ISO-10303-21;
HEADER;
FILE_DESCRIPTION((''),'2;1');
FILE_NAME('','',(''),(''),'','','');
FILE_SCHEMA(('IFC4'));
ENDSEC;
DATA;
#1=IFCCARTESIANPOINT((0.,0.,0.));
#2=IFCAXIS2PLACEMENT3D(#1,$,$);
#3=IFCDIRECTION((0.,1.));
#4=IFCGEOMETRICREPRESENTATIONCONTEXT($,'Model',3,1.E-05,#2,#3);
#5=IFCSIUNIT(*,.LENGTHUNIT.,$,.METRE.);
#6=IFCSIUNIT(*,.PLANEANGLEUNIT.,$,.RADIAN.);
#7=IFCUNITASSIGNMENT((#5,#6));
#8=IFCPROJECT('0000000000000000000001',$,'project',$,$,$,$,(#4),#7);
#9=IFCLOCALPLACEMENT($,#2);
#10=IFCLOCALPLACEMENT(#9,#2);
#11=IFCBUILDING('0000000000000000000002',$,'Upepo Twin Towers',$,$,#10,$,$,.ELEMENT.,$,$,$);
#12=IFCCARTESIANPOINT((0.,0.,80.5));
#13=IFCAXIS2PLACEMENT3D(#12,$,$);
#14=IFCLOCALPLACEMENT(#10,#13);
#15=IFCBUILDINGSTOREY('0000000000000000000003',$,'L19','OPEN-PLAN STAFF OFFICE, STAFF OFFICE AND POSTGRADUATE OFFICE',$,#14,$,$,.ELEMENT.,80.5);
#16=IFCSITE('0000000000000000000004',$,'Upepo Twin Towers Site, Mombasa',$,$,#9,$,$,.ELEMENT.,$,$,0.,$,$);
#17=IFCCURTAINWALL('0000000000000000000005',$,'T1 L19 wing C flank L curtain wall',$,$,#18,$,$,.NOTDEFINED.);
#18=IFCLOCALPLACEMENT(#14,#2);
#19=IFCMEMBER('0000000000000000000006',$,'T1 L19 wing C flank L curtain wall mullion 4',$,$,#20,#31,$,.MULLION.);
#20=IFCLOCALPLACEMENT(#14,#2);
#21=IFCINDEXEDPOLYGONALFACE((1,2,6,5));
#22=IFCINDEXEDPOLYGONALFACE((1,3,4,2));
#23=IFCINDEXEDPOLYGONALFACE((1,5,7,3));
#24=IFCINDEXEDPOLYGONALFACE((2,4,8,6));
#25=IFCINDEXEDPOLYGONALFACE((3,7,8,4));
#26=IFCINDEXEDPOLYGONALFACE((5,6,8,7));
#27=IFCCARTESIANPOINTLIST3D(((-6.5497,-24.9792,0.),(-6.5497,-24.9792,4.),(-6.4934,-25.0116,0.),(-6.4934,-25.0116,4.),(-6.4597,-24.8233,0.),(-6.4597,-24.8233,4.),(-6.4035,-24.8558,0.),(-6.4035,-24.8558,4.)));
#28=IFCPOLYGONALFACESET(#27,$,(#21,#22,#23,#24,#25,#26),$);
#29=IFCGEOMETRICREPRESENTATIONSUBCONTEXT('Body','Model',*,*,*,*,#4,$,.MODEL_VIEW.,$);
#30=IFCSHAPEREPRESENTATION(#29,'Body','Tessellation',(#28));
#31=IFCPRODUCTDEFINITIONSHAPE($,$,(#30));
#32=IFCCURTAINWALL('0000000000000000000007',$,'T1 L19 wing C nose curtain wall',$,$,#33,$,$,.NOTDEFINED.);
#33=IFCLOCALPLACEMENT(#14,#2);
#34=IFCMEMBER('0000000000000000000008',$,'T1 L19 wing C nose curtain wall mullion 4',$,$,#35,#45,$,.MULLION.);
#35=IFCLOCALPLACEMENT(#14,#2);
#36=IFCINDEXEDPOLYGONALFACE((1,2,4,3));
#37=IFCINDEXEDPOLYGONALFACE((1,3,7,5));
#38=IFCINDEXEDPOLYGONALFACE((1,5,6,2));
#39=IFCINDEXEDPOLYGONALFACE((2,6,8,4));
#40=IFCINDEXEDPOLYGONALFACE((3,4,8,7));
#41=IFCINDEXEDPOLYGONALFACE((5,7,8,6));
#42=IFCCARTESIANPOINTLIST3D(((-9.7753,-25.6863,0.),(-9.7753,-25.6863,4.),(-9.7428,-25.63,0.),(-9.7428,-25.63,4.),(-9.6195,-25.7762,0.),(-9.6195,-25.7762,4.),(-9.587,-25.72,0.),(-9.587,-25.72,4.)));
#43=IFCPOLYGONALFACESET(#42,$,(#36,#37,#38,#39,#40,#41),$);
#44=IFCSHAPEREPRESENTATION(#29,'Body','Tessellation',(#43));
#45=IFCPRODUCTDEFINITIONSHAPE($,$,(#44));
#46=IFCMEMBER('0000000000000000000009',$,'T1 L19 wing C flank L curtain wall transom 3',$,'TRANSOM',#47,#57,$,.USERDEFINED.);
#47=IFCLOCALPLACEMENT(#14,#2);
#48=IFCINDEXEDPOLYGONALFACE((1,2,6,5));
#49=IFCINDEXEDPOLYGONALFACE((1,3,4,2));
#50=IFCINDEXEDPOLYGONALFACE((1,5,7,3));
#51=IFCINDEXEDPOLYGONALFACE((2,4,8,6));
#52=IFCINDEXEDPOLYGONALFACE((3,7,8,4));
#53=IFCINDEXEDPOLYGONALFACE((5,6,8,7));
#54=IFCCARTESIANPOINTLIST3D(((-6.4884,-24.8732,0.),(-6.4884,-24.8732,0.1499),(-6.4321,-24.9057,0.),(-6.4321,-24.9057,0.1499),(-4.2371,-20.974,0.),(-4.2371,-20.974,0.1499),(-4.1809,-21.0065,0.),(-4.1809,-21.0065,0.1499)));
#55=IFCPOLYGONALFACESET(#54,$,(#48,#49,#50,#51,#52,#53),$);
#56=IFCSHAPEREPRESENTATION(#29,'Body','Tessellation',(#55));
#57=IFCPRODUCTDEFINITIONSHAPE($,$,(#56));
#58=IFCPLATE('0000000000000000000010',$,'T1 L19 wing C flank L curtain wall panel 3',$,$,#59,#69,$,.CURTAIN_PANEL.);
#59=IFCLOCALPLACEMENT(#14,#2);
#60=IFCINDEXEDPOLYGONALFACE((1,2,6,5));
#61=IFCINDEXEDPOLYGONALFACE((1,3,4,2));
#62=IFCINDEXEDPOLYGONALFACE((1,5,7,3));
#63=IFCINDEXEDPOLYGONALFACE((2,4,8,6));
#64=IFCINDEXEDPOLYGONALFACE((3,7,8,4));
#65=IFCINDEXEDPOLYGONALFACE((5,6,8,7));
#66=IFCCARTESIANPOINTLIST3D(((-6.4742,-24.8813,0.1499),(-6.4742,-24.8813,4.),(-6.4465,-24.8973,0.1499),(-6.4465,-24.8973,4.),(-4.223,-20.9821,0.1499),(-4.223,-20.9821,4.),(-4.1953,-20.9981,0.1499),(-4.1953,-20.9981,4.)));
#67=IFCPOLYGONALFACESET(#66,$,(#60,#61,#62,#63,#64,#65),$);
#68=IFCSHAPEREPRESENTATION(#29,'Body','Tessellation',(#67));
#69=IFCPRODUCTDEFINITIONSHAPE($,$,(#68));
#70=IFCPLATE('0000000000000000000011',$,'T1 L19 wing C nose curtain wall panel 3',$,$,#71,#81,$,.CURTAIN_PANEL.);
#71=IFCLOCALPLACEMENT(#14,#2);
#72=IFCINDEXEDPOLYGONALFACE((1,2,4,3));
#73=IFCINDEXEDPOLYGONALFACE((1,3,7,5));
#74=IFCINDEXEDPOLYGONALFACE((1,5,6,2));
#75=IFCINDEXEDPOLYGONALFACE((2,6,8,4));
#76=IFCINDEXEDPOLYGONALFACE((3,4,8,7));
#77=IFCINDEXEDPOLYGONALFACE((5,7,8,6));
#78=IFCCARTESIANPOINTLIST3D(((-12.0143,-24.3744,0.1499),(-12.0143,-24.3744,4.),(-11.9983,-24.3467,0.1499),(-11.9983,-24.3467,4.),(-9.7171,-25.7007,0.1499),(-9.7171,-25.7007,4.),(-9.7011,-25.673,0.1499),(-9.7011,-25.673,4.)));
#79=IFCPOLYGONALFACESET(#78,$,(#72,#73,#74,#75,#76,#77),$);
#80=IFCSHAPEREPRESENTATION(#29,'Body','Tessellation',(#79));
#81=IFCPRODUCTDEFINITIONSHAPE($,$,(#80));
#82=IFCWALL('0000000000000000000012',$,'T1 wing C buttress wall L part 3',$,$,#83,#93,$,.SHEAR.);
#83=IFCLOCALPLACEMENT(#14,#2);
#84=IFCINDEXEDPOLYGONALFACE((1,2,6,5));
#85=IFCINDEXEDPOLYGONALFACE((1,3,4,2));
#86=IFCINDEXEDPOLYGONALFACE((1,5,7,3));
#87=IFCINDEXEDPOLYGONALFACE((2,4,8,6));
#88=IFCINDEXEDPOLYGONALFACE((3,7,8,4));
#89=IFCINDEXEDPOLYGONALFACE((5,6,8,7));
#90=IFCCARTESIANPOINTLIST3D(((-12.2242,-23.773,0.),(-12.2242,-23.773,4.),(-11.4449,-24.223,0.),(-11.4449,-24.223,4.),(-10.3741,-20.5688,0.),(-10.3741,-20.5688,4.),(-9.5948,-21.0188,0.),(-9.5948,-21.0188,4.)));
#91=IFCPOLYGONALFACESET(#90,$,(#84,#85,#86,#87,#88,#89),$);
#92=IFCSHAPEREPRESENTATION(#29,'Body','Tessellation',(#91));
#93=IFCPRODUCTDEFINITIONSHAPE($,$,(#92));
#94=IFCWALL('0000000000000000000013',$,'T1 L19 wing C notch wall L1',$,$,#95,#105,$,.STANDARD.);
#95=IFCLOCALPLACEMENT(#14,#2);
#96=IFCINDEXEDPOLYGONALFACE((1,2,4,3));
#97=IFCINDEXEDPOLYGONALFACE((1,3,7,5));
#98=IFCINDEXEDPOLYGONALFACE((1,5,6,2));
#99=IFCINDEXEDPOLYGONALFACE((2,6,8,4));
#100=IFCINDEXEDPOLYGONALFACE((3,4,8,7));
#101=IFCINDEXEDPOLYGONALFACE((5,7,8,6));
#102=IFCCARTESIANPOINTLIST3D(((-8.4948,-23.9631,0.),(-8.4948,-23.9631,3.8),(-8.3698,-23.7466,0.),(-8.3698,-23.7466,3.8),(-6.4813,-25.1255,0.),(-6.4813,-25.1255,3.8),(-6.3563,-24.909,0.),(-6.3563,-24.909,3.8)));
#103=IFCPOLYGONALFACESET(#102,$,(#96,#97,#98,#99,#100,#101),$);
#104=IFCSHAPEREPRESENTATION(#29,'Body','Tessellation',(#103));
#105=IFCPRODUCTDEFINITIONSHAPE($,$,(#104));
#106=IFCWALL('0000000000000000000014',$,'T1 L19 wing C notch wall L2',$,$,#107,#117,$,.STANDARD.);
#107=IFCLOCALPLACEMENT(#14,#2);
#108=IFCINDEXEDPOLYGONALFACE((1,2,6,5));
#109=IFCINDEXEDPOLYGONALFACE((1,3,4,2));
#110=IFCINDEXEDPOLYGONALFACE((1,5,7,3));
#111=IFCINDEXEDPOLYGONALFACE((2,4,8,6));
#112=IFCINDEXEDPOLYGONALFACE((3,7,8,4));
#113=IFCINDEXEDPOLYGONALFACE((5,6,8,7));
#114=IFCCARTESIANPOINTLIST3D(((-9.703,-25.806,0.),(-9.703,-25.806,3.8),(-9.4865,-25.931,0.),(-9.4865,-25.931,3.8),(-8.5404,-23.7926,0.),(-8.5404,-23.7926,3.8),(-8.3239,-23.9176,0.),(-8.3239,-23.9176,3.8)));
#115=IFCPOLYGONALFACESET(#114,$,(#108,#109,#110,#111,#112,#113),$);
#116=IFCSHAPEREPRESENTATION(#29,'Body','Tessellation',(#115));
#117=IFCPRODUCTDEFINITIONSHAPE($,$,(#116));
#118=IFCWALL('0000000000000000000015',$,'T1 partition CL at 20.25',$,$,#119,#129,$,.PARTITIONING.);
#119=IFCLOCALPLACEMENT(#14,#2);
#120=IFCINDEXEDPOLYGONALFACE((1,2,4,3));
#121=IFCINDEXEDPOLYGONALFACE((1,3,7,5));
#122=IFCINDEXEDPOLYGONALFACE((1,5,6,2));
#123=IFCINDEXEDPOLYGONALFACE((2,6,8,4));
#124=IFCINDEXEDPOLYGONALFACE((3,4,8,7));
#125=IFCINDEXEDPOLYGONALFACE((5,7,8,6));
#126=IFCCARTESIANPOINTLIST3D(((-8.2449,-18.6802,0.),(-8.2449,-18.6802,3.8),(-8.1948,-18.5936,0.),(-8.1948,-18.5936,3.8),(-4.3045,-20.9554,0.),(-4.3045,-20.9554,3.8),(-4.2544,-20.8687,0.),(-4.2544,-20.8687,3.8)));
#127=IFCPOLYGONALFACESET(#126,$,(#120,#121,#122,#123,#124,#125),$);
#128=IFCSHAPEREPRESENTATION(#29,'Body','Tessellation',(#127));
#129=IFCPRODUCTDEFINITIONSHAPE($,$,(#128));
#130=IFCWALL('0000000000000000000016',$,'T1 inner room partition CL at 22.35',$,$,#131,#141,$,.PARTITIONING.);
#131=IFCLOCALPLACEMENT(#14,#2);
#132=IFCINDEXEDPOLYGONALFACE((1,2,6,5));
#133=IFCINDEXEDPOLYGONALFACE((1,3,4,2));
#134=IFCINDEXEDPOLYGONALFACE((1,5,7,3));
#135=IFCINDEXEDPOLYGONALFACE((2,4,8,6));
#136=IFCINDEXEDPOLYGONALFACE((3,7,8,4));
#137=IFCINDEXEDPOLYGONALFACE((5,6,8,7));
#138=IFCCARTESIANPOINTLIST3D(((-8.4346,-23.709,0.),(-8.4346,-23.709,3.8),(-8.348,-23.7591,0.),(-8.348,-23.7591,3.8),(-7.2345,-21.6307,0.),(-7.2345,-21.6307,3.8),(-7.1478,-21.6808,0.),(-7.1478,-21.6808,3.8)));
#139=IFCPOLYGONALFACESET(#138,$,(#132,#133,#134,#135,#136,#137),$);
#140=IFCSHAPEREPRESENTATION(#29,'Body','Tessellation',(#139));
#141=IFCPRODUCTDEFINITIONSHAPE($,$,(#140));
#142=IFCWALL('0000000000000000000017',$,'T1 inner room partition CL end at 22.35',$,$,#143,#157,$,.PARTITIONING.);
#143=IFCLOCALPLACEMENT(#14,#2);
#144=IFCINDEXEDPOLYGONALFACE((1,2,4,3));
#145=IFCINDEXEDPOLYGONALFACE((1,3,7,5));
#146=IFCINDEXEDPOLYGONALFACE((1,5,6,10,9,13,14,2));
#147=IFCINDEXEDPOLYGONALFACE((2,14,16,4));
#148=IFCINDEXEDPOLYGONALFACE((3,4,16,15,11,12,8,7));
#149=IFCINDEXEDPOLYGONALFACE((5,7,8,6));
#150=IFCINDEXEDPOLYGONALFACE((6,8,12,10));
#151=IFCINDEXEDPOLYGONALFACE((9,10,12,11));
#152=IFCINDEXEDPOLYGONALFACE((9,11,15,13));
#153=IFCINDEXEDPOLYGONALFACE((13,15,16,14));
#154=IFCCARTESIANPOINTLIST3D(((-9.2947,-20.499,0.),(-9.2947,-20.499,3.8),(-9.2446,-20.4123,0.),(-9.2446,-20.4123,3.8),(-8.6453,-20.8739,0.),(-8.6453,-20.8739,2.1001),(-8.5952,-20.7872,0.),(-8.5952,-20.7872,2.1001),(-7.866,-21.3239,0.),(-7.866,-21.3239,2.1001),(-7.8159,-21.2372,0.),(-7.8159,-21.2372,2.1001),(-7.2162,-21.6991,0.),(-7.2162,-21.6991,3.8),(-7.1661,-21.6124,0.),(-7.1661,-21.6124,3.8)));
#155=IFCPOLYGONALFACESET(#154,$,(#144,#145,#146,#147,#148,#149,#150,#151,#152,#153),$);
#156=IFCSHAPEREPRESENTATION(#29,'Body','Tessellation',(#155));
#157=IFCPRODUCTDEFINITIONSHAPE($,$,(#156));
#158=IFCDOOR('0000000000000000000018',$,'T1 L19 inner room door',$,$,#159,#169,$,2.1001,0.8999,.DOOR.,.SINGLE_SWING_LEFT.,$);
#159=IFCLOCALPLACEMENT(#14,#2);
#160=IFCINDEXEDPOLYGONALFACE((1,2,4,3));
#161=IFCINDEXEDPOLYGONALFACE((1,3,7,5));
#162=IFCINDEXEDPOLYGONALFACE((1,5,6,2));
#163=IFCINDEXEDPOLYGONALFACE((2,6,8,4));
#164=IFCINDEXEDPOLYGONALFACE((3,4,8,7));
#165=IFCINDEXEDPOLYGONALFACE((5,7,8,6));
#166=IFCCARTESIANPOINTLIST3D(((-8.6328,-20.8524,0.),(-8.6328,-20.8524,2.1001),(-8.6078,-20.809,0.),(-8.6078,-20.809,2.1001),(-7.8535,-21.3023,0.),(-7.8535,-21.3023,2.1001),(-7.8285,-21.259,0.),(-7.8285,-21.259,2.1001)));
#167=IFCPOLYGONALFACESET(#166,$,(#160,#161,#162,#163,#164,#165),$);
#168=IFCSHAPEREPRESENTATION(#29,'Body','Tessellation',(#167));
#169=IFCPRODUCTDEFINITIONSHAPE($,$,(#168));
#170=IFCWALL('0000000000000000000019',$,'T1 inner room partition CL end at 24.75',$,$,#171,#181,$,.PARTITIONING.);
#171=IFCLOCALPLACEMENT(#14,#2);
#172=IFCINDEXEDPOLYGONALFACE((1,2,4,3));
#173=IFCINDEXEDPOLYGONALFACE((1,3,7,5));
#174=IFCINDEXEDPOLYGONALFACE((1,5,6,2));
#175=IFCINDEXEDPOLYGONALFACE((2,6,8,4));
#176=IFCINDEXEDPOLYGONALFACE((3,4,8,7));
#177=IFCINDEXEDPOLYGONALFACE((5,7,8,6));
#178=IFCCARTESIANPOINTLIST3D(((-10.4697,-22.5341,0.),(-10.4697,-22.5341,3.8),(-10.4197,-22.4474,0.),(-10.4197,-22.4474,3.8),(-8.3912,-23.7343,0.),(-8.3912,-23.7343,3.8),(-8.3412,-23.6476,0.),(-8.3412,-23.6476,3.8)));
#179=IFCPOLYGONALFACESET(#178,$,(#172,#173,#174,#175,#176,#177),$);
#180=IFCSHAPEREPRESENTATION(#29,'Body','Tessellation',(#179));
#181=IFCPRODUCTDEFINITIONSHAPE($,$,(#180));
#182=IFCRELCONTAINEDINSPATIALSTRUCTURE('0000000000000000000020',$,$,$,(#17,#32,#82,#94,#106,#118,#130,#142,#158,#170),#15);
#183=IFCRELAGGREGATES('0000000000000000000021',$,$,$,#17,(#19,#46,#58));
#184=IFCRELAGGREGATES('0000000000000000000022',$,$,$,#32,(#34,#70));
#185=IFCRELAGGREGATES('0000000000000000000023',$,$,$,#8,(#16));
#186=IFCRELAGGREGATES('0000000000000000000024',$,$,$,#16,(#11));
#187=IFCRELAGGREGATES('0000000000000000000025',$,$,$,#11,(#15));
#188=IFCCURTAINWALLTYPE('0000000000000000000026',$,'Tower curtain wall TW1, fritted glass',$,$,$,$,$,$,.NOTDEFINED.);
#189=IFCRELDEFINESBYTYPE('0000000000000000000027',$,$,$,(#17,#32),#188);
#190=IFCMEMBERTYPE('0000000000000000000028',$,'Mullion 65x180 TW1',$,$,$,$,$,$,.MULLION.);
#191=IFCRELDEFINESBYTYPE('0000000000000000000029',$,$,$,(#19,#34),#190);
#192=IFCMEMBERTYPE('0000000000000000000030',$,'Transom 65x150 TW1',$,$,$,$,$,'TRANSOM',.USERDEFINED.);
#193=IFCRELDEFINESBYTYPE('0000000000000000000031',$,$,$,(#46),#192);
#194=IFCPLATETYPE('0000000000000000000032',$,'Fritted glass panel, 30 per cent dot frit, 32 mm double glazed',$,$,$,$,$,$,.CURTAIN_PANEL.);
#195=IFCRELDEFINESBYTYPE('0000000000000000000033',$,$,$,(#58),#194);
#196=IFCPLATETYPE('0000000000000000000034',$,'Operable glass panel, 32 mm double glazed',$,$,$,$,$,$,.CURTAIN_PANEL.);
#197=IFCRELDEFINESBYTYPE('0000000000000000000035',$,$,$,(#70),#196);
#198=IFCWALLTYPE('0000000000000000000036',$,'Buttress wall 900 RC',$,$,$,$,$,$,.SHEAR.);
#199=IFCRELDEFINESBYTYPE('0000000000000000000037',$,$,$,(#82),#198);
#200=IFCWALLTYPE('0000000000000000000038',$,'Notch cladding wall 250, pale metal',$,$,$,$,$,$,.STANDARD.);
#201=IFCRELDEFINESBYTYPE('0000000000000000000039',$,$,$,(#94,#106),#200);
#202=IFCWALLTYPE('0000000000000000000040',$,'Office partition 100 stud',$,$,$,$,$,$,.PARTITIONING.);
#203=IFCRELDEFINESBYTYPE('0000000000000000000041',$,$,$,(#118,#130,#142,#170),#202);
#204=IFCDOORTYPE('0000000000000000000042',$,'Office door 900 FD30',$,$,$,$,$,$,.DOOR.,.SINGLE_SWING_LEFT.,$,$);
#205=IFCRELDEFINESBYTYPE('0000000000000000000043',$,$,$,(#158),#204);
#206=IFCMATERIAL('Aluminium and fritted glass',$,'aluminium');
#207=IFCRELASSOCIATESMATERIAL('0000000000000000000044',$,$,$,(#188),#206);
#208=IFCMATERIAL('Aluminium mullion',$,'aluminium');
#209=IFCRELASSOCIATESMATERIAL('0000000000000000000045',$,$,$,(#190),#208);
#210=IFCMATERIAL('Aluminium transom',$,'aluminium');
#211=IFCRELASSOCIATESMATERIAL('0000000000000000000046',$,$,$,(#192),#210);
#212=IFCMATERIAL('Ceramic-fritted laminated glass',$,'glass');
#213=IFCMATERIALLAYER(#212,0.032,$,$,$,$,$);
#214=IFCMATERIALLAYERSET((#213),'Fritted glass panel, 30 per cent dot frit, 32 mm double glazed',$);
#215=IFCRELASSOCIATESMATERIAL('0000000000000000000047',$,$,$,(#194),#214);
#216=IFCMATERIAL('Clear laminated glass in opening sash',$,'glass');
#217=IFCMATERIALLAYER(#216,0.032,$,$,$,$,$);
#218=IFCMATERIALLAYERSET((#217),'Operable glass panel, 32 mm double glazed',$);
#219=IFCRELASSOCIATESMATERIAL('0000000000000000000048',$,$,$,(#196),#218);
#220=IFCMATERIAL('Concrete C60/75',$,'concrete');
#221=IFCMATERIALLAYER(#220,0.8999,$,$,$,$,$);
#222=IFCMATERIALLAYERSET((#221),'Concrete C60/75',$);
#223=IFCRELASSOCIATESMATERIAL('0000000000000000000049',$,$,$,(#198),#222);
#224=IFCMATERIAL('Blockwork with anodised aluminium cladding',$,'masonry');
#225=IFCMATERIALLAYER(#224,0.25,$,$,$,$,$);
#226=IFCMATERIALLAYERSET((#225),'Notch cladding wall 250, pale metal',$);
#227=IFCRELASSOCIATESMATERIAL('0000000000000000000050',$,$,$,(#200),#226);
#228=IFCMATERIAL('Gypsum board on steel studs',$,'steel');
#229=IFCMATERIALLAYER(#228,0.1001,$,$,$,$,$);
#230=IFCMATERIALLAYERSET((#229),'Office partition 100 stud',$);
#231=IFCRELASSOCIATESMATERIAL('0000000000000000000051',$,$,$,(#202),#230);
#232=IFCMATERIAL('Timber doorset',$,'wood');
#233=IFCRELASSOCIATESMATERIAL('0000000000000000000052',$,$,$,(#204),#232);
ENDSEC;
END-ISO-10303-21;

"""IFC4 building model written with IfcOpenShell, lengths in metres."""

from ifc_helpers import new_model, si_unit, direction, frame, frame_2d, origin, origin_2d, place, context, subcontext, project, spatial, rectangle, extrude, material, layer, layer_set, material_profile, profile_set, type_object, element, fill, aggregate, save


model = new_model("IFC4")

# Units and contexts
model_context = context("Model", 3, precision=1e-05, world=origin(), true_north=direction((0.0, 1.0)))
body_context = subcontext(model_context, "Body", "Model", "MODEL_VIEW")
ifc_project = project(units=[si_unit("LENGTHUNIT", "METRE"), si_unit("PLANEANGLEUNIT", "RADIAN")], contexts=[model_context])

# Site, building, storey
site_placement = place(None, origin())
site = spatial("IfcSite", under=ifc_project, at=site_placement, Name="Upepo Twin Towers Site, Mombasa", CompositionType="ELEMENT", RefElevation=0.0)
building_placement = place(site_placement, origin())
building = spatial("IfcBuilding", under=site, at=building_placement, Name="Upepo Twin Towers", CompositionType="ELEMENT")
storey_placement = place(building_placement, frame((0.0, 0.0, 80.5)))
storey = spatial("IfcBuildingStorey", under=building, at=storey_placement, Name="L19", Description="OPEN-PLAN STAFF OFFICE, STAFF OFFICE AND POSTGRADUATE OFFICE", CompositionType="ELEMENT", Elevation=80.5)

# Curtain wall, member
ifc_material_1 = material(Name="Aluminium and fritted glass", Category="aluminium")
curtain_wall_type = type_object("IfcCurtainWallType", Name="Tower curtain wall TW1, fritted glass", PredefinedType="NOTDEFINED", material=ifc_material_1)
curtain_wall_1_placement = place(storey_placement, origin())
curtain_wall_1 = element("IfcCurtainWall", 1, at=curtain_wall_1_placement, inside=storey, type_object=curtain_wall_type, Name="T1 L19 wing C flank L curtain wall", PredefinedType="NOTDEFINED")
ifc_material_2 = material(Name="Aluminium mullion", Category="aluminium")
ifc_material_profile_1 = material_profile(ifc_material_2, rectangle(XDim=0.0649, YDim=0.1799, at=origin_2d()), Name="MULLION 65x180")
ifc_profile_set_1 = profile_set([ifc_material_profile_1], Name="Aluminium mullion")
member_type_1 = type_object("IfcMemberType", Name="Mullion 65x180 TW1", PredefinedType="MULLION", material=ifc_profile_set_1)
member_1_placement = place(storey_placement, frame((-6.4766, -24.9175, 0.0), z_axis=(0.0, 0.0, 1.0), x_axis=(0.866025, -0.5, 0.0)))
member_1 = element("IfcMember", 2, at=member_1_placement, type_object=member_type_1, Name="T1 L19 wing C flank L curtain wall mullion 4", PredefinedType="MULLION", context=body_context, shape_type="SweptSolid", body=[
    extrude(rectangle(XDim=0.0649, YDim=0.1799, at=origin_2d()), origin(), (0.0, 0.0, 1.0), 4.0),
])

# Curtain wall, member
curtain_wall_2_placement = place(storey_placement, origin())
curtain_wall_2 = element("IfcCurtainWall", 3, at=curtain_wall_2_placement, inside=storey, type_object=curtain_wall_type, Name="T1 L19 wing C nose curtain wall", PredefinedType="NOTDEFINED")
member_2_placement = place(storey_placement, frame((-9.6812, -25.7031, 0.0), z_axis=(0.0, 0.0, 1.0), x_axis=(0.5, 0.866025, 0.0)))
member_2 = element("IfcMember", 4, at=member_2_placement, type_object=member_type_1, Name="T1 L19 wing C nose curtain wall mullion 4", PredefinedType="MULLION", context=body_context, shape_type="SweptSolid", body=[
    extrude(rectangle(XDim=0.0649, YDim=0.1799, at=origin_2d()), origin(), (0.0, 0.0, 1.0), 4.0),
])

# Member
ifc_material_3 = material(Name="Aluminium transom", Category="aluminium")
ifc_material_profile_2 = material_profile(ifc_material_3, rectangle(XDim=0.0649, YDim=0.1499, at=origin_2d()), Name="TRANSOM 65x150")
ifc_profile_set_2 = profile_set([ifc_material_profile_2], Name="Aluminium transom")
member_type_2 = type_object("IfcMemberType", Name="Transom 65x150 TW1", ElementType="TRANSOM", PredefinedType="USERDEFINED", material=ifc_profile_set_2)
member_3_placement = place(storey_placement, frame((-4.209, -20.9902, 0.075), z_axis=(-0.500006, -0.866022, 0.0), x_axis=(0.866022, -0.500006, 0.0)))
member_3 = element("IfcMember", 5, at=member_3_placement, type_object=member_type_2, Name="T1 L19 wing C flank L curtain wall transom 3", ObjectType="TRANSOM", PredefinedType="USERDEFINED", context=body_context, shape_type="SweptSolid", body=[
    extrude(rectangle(XDim=0.0649, YDim=0.1499, at=origin_2d()), origin(), (0.0, 0.0, 1.0), 4.5024),
])

# Plates
ifc_material_4 = material(Name="Ceramic-fritted laminated glass", Category="glass")
ifc_layer_1 = layer(ifc_material_4, 0.032)
ifc_layer_set_1 = layer_set([ifc_layer_1], Name="Fritted glass panel, 30 per cent dot frit, 32 mm double glazed")
plate_type_1 = type_object("IfcPlateType", Name="Fritted glass panel, 30 per cent dot frit, 32 mm double glazed", PredefinedType="CURTAIN_PANEL", material=ifc_layer_set_1)
plate_1_placement = place(storey_placement, frame((-5.3347, -22.9397, 0.1499), z_axis=(0.0, 0.0, 1.0), x_axis=(-0.5, -0.866025, 0.0)))
plate_1 = element("IfcPlate", 6, at=plate_1_placement, type_object=plate_type_1, Name="T1 L19 wing C flank L curtain wall panel 3", PredefinedType="CURTAIN_PANEL", context=body_context, shape_type="SweptSolid", body=[
    extrude(rectangle(XDim=4.5024, YDim=0.032, at=origin_2d()), origin(), (0.0, 0.0, 1.0), 3.8501),
])
aggregate(curtain_wall_1, [member_1, member_3, plate_1])
ifc_material_5 = material(Name="Clear laminated glass in opening sash", Category="glass")
ifc_layer_2 = layer(ifc_material_5, 0.032)
ifc_layer_set_2 = layer_set([ifc_layer_2], Name="Operable glass panel, 32 mm double glazed")
plate_type_2 = type_object("IfcPlateType", Name="Operable glass panel, 32 mm double glazed", PredefinedType="CURTAIN_PANEL", material=ifc_layer_set_2)
plate_2_placement = place(storey_placement, frame((-10.8577, -25.0237, 0.1499), z_axis=(0.0, 0.0, 1.0), x_axis=(0.866025, -0.5, 0.0)))
plate_2 = element("IfcPlate", 7, at=plate_2_placement, type_object=plate_type_2, Name="T1 L19 wing C nose curtain wall panel 3", PredefinedType="CURTAIN_PANEL", context=body_context, shape_type="SweptSolid", body=[
    extrude(rectangle(XDim=2.6526, YDim=0.032, at=origin_2d()), origin(), (0.0, 0.0, 1.0), 3.8501),
])
aggregate(curtain_wall_2, [member_2, plate_2])

# Walls
ifc_material_6 = material(Name="Concrete C60/75", Category="concrete")
ifc_layer_3 = layer(ifc_material_6, 0.8999)
ifc_layer_set_3 = layer_set([ifc_layer_3], Name="Concrete C60/75")
wall_type_1 = type_object("IfcWallType", Name="Buttress wall 900 RC", PredefinedType="SHEAR", material=ifc_layer_set_3)
wall_1_placement = place(storey_placement, frame((-9.9844, -20.7937, 0.0), z_axis=(0.0, 0.0, 1.0), x_axis=(-0.500042, -0.866001, 0.0)))
element("IfcWall", 8, at=wall_1_placement, inside=storey, type_object=wall_type_1, Name="T1 wing C buttress wall L part 3", PredefinedType="SHEAR", context=body_context, shape_type="SweptSolid", body=[
    extrude(rectangle(XDim=3.7, YDim=0.8999, at=frame_2d((1.8501, 0.0))), origin(), (0.0, 0.0, 1.0), 4.0),
])
ifc_material_7 = material(Name="Blockwork with anodised aluminium cladding", Category="masonry")
ifc_layer_4 = layer(ifc_material_7, 0.25)
ifc_layer_set_4 = layer_set([ifc_layer_4], Name="Notch cladding wall 250, pale metal")
wall_type_2 = type_object("IfcWallType", Name="Notch cladding wall 250, pale metal", PredefinedType="STANDARD", material=ifc_layer_set_4)
for number, where, z_axis, x_axis, name in (
    (9, (-6.4187, -25.0173, 0.0), (0.0, 0.0, 1.0), (-0.866044, 0.499968, 0.0), "T1 L19 wing C notch wall L1"),
    (10, (-8.4321, -23.855, 0.0), (0.0, 0.0, 1.0), (-0.500047, -0.865998, 0.0), "T1 L19 wing C notch wall L2"),
):
    element("IfcWall", number, at=place(storey_placement, frame(where, z_axis=z_axis, x_axis=x_axis)), inside=storey, type_object=wall_type_2, Name=name, PredefinedType="STANDARD", context=body_context, shape_type="SweptSolid", body=[
        extrude(rectangle(XDim=2.325, YDim=0.25, at=frame_2d((1.1626, 0.0))), origin(), (0.0, 0.0, 1.0), 3.8),
    ])
ifc_material_8 = material(Name="Gypsum board on steel studs", Category="steel")
ifc_layer_5 = layer(ifc_material_8, 0.1001)
ifc_layer_set_5 = layer_set([ifc_layer_5], Name="Office partition 100 stud")
wall_type_3 = type_object("IfcWallType", Name="Office partition 100 stud", PredefinedType="PARTITIONING", material=ifc_layer_set_5)
wall_2_placement = place(storey_placement, frame((-8.2197, -18.637, 0.0), z_axis=(0.0, 0.0, 1.0), x_axis=(0.866012, -0.500023, 0.0)))
element("IfcWall", 11, at=wall_2_placement, inside=storey, type_object=wall_type_3, Name="T1 partition CL at 20.25", PredefinedType="PARTITIONING", context=body_context, shape_type="SweptSolid", body=[
    extrude(rectangle(XDim=4.55, YDim=0.1001, at=frame_2d((2.2749, 0.0))), origin(), (0.0, 0.0, 1.0), 3.8),
])
wall_3_placement = place(storey_placement, frame((-7.1912, -21.6558, 0.0), z_axis=(0.0, 0.0, 1.0), x_axis=(-0.500078, -0.865981, 0.0)))
element("IfcWall", 12, at=wall_3_placement, inside=storey, type_object=wall_type_3, Name="T1 inner room partition CL at 22.35", PredefinedType="PARTITIONING", context=body_context, shape_type="SweptSolid", body=[
    extrude(rectangle(XDim=2.3999, YDim=0.1001, at=frame_2d((1.2, 0.0))), origin(), (0.0, 0.0, 1.0), 3.8),
])

# Wall, opening, door
wall_4_placement = place(storey_placement, frame((-9.2698, -20.4556, 0.0), z_axis=(0.0, 0.0, 1.0), x_axis=(0.866006, -0.500034, 0.0)))
wall_4 = element("IfcWall", 13, at=wall_4_placement, inside=storey, type_object=wall_type_3, Name="T1 inner room partition CL end at 22.35", PredefinedType="PARTITIONING", context=body_context, shape_type="SweptSolid", body=[
    extrude(rectangle(XDim=2.4001, YDim=0.1001, at=frame_2d((1.2002, 0.0))), origin(), (0.0, 0.0, 1.0), 3.8),
])
opening_placement = place(wall_4_placement, frame((0.75, 0.0, 0.0)))
opening = element("IfcOpeningElement", 14, at=opening_placement, cuts=wall_4, PredefinedType="OPENING", context=body_context, shape_type="SweptSolid", body=[
    extrude(rectangle(XDim=0.8999, YDim=2.1001, at=frame_2d((0.45, 1.05))), frame((0.0, 0.0601, 0.0), z_axis=(0.0, -1.0, 0.0), x_axis=(1.0, 0.0, 0.0)), (0.0, 0.0, 1.0), 0.1201),
])
ifc_material_9 = material(Name="Timber doorset", Category="wood")
door_type = type_object("IfcDoorType", Name="Office door 900 FD30", OperationType="SINGLE_SWING_LEFT", PredefinedType="DOOR", material=ifc_material_9)
door_placement = place(opening_placement, origin())
door = element("IfcDoor", 15, at=door_placement, inside=storey, type_object=door_type, Name="T1 L19 inner room door", OperationType="SINGLE_SWING_LEFT", OverallHeight=2.1001, OverallWidth=0.8999, PredefinedType="DOOR", context=body_context, shape_type="SweptSolid", body=[
    extrude(rectangle(XDim=0.8999, YDim=2.1001, at=frame_2d((0.45, 1.05))), frame((0.0, 0.0249, 0.0), z_axis=(0.0, -1.0, 0.0), x_axis=(1.0, 0.0, 0.0)), (0.0, 0.0, 1.0), 0.05),
])
fill(opening, door)

# Wall
wall_5_placement = place(storey_placement, frame((-10.4448, -22.4907, 0.0), z_axis=(0.0, 0.0, 1.0), x_axis=(0.866006, -0.500034, 0.0)))
element("IfcWall", 16, at=wall_5_placement, inside=storey, type_object=wall_type_3, Name="T1 inner room partition CL end at 24.75", PredefinedType="PARTITIONING", context=body_context, shape_type="SweptSolid", body=[
    extrude(rectangle(XDim=2.4001, YDim=0.1001, at=frame_2d((1.2002, 0.0))), origin(), (0.0, 0.0, 1.0), 3.8),
])

save(model, "model.ifc")
